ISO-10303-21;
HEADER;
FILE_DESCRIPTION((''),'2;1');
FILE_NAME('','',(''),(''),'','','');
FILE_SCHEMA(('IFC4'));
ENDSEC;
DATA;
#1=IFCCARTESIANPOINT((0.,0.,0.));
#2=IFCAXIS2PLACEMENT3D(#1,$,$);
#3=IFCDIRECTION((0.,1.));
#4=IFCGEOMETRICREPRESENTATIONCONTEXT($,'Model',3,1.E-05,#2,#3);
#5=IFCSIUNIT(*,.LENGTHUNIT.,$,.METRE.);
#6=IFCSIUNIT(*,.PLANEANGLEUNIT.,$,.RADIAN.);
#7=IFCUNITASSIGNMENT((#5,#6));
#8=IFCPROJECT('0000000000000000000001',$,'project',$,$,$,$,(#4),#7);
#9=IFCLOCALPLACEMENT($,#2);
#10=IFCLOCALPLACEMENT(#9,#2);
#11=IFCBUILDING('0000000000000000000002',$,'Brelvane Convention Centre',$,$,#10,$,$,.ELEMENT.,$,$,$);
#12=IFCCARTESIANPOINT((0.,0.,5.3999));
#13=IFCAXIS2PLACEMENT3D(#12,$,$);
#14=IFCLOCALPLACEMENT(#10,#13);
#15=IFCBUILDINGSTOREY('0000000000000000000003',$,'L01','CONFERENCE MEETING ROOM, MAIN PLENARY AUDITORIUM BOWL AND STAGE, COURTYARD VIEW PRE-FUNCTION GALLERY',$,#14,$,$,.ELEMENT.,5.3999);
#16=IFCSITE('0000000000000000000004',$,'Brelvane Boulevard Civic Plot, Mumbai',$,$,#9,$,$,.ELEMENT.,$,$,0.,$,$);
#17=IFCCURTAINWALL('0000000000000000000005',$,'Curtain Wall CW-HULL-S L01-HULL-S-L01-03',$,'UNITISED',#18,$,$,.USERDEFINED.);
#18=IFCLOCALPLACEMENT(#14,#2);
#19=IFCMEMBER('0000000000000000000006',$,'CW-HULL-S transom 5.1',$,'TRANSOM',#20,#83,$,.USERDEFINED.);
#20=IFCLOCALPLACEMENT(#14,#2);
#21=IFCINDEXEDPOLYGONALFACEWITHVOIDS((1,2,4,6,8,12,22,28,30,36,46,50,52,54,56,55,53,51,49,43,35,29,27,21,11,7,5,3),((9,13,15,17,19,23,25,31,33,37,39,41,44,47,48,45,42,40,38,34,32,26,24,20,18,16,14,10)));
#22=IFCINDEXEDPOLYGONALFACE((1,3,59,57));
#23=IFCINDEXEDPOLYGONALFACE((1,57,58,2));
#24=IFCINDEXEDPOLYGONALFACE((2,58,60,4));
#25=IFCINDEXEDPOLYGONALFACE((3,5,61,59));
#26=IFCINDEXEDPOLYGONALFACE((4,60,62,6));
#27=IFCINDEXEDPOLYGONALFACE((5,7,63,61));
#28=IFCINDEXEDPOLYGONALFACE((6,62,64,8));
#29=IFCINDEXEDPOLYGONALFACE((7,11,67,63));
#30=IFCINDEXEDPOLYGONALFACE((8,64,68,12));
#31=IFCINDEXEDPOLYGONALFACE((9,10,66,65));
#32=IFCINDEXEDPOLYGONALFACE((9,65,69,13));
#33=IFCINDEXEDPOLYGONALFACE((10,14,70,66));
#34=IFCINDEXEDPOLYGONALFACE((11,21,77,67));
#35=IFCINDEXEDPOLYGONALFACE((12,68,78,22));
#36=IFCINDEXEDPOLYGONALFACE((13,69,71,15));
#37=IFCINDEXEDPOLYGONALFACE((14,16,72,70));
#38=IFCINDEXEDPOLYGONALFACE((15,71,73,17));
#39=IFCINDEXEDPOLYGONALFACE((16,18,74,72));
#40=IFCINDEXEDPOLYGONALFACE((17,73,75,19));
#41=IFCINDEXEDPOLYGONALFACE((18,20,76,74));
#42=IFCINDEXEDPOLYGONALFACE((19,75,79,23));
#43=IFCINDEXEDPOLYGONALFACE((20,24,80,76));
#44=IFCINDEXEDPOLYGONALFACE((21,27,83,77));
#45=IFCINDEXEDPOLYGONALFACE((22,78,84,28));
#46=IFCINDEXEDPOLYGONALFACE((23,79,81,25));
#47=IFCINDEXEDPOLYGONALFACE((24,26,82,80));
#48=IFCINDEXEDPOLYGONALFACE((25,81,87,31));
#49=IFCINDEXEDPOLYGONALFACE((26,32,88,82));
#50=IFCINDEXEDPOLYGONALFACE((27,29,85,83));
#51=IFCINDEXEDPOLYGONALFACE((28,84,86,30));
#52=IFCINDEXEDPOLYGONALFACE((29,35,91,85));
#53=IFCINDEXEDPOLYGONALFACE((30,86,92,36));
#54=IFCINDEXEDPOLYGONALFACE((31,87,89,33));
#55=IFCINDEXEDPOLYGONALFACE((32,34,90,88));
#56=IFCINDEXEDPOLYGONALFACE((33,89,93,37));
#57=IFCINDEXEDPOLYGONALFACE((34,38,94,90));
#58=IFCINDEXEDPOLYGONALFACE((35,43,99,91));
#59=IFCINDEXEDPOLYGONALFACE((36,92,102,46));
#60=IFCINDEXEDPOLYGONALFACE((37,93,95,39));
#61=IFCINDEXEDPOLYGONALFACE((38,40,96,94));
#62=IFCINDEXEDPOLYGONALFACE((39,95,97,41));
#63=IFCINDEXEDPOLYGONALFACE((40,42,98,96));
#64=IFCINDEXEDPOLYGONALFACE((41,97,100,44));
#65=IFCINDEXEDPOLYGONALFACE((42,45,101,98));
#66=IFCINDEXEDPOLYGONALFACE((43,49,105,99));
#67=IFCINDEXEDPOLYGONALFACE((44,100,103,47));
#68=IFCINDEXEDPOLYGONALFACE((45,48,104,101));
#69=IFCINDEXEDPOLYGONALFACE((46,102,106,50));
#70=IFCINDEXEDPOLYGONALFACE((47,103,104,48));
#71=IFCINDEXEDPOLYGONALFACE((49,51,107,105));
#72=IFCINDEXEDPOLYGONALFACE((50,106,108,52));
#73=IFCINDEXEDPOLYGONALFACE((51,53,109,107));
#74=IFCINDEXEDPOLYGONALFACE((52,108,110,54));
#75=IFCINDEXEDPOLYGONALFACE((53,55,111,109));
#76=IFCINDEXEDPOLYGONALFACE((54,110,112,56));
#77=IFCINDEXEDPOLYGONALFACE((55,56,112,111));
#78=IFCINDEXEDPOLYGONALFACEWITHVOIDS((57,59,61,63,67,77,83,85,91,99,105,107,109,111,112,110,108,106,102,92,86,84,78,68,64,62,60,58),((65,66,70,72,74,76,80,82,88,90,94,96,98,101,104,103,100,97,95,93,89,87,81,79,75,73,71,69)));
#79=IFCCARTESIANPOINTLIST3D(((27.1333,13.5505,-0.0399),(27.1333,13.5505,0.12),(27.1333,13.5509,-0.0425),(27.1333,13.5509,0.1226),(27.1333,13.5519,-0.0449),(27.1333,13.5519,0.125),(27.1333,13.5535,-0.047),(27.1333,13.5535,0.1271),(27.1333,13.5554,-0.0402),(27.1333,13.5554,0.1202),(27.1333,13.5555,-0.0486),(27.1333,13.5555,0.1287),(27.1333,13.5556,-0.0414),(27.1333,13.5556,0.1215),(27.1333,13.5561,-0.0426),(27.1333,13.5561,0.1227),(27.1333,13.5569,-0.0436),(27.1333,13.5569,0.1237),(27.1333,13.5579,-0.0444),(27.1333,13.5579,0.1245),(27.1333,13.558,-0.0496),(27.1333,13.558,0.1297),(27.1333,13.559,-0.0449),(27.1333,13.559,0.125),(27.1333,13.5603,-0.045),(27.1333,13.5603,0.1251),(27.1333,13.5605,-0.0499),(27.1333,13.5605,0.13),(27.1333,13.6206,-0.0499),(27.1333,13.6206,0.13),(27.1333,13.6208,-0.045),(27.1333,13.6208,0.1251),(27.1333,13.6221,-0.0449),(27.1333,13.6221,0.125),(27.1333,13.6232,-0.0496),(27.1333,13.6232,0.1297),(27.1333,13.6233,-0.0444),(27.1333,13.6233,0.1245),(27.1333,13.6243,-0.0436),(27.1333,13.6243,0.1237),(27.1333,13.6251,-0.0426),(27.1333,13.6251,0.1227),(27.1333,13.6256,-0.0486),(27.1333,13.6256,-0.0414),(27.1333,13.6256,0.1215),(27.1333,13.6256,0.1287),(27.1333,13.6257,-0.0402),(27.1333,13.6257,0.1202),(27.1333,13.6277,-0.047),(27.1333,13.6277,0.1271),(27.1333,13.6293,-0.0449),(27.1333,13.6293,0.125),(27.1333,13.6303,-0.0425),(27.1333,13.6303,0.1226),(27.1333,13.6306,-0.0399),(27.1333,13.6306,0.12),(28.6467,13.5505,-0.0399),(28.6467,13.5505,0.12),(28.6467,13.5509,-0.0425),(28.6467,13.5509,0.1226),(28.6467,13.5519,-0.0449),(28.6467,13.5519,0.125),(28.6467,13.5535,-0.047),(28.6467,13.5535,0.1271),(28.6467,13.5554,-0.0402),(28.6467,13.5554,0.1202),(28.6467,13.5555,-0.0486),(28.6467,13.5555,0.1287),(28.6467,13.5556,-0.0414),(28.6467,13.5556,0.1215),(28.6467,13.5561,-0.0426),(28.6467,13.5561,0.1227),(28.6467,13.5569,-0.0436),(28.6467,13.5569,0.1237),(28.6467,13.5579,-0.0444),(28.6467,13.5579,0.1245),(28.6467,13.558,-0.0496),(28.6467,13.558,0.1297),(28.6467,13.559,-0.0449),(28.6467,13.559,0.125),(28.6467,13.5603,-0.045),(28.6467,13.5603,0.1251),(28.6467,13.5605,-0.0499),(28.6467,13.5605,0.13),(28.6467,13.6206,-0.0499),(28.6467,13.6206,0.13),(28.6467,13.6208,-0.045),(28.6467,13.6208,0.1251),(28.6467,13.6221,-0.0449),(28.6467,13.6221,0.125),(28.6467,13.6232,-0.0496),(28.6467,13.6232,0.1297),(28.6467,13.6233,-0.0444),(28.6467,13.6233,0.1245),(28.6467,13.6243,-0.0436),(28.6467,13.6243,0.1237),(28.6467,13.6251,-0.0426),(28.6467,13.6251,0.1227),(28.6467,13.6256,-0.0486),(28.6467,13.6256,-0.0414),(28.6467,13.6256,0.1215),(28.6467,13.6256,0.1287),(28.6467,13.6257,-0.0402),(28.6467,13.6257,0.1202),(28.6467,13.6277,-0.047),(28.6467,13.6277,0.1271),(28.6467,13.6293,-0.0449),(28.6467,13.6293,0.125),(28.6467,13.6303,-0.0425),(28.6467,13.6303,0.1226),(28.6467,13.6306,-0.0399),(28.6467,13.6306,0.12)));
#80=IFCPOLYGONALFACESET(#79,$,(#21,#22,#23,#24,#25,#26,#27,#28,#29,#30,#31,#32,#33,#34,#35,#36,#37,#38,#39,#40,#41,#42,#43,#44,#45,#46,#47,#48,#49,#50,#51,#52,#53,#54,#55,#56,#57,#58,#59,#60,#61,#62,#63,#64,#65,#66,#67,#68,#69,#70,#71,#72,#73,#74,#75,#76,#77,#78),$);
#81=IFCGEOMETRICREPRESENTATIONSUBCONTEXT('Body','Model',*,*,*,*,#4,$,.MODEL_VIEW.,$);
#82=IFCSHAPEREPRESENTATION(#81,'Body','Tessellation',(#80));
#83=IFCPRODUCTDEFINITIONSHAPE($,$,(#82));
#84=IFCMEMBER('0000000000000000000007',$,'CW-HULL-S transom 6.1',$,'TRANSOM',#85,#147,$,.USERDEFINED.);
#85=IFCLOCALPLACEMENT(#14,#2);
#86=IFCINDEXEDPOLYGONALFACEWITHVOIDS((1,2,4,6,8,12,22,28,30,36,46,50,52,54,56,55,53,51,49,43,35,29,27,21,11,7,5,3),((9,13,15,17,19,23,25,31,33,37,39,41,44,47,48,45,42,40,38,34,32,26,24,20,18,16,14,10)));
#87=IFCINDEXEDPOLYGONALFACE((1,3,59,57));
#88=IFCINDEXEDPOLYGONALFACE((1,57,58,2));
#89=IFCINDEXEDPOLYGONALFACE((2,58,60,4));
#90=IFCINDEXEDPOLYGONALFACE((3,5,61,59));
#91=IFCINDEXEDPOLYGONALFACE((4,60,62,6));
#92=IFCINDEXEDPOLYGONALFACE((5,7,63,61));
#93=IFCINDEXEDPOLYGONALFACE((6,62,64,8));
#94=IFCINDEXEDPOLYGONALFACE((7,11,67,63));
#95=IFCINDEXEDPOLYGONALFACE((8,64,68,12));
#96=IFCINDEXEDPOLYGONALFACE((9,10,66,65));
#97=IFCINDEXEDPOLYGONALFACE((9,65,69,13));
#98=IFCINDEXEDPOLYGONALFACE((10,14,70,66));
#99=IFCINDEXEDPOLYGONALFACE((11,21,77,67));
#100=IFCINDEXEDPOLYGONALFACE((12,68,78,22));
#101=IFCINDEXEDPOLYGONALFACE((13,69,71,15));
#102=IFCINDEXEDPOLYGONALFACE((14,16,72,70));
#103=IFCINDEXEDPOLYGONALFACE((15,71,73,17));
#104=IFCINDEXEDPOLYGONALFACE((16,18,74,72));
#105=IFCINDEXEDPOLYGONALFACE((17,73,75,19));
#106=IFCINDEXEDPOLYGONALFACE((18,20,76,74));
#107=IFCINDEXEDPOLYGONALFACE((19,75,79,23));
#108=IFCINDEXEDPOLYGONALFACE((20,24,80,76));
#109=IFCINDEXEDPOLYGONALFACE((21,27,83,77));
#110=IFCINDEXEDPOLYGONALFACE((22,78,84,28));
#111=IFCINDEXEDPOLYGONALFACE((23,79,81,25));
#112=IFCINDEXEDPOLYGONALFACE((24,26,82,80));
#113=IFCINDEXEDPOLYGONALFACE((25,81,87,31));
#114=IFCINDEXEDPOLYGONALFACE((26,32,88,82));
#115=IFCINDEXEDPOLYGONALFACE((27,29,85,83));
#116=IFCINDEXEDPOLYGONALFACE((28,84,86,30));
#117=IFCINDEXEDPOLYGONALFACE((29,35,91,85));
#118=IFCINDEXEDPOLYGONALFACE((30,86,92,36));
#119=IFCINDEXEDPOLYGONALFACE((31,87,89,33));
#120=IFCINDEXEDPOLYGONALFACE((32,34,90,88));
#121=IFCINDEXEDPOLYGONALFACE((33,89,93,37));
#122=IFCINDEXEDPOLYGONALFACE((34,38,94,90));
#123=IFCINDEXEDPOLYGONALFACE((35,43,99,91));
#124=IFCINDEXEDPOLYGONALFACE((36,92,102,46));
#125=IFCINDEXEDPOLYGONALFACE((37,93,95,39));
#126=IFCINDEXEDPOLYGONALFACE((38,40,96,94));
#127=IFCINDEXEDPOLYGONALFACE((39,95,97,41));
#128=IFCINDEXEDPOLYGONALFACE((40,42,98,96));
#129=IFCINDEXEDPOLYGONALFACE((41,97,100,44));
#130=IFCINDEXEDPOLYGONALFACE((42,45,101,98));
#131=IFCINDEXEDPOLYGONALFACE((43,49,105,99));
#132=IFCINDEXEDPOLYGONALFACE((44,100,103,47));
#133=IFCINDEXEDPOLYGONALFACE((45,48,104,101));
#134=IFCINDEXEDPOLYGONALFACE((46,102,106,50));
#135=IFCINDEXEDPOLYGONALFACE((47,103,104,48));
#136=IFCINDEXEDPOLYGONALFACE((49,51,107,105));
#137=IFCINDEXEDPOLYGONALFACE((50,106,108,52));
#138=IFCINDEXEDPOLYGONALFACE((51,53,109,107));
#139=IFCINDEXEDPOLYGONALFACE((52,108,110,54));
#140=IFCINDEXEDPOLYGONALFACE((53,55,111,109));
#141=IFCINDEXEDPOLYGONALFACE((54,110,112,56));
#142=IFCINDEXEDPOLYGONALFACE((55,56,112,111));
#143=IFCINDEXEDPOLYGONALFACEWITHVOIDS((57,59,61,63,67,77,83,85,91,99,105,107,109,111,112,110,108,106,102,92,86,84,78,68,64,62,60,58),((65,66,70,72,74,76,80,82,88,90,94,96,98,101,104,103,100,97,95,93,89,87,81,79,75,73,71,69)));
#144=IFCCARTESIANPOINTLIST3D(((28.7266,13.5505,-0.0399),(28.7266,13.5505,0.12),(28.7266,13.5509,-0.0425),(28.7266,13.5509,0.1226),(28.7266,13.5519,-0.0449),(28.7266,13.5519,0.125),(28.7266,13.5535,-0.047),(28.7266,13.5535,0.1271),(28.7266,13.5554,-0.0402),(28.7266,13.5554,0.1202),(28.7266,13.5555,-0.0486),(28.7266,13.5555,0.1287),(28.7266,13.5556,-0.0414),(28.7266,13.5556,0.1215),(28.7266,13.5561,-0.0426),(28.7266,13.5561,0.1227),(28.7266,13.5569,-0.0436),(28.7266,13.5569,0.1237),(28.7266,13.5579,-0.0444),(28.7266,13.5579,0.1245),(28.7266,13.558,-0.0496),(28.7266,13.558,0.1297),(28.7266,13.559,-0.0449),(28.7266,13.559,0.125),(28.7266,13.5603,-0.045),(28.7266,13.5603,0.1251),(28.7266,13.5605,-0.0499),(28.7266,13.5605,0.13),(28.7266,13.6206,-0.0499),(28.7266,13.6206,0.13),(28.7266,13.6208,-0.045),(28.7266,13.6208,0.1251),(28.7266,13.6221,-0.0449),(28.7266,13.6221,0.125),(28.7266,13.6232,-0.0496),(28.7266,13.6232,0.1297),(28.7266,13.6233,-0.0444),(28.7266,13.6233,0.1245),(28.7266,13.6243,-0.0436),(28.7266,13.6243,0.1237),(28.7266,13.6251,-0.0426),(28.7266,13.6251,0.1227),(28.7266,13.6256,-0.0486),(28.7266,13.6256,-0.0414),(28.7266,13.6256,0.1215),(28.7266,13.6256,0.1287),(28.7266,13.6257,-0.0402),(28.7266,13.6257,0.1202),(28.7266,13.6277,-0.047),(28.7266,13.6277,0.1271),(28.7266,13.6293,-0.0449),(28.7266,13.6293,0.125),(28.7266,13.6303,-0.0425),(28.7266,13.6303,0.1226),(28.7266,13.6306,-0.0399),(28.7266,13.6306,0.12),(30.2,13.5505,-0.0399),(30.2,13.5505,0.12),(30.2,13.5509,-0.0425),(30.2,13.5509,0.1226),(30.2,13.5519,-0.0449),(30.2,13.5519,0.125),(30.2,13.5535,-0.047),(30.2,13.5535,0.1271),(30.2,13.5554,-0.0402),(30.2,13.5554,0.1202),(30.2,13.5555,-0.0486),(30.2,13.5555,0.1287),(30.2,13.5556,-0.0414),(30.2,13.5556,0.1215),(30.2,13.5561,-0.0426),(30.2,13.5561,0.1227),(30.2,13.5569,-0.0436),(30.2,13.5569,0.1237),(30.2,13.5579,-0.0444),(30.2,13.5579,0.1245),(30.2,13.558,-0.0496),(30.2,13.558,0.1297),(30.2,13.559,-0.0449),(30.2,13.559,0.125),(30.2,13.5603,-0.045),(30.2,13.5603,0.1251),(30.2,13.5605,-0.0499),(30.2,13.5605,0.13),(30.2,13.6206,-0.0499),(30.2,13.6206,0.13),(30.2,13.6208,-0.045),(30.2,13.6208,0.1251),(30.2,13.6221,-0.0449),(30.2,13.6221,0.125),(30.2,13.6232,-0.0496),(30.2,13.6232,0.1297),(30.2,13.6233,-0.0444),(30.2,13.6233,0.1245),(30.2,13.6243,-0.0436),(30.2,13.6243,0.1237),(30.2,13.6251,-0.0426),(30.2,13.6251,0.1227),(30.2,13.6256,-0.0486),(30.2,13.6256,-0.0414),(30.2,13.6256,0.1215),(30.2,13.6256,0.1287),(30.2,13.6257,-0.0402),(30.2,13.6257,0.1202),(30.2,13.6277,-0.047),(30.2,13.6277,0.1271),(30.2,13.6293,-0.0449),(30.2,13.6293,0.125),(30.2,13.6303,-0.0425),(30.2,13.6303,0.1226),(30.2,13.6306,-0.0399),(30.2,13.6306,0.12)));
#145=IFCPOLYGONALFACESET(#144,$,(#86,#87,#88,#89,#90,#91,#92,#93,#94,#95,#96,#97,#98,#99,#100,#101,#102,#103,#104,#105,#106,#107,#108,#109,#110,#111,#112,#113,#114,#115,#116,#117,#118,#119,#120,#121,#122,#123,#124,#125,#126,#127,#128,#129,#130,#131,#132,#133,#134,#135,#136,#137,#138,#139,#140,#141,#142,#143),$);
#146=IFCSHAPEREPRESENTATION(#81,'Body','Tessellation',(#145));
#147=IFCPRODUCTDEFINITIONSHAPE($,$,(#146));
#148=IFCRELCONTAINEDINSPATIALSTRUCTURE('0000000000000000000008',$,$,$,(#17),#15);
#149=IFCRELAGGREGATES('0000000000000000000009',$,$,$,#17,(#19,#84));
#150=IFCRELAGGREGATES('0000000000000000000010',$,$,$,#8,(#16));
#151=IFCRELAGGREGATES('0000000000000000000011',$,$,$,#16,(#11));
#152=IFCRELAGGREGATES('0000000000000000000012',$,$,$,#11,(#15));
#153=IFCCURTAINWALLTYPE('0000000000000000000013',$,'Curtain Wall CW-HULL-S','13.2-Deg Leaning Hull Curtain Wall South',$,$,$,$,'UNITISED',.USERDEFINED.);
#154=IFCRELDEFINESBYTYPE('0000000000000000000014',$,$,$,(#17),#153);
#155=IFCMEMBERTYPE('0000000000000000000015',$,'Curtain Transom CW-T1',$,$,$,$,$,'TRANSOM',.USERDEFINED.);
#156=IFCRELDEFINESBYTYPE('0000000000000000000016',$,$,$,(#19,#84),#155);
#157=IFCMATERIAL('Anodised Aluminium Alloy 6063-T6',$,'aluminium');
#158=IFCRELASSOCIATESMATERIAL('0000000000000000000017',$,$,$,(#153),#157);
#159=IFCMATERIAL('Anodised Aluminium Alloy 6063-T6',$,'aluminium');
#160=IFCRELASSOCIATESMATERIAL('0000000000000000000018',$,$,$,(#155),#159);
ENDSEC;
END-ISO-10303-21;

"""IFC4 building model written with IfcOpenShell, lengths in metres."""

from ifc_helpers import new_model, si_unit, direction, frame, origin, origin_2d, place, context, subcontext, project, spatial, hollow_rectangle, extrude, material, material_profile, profile_set, type_object, element, aggregate, save


model = new_model("IFC4")

# Units and contexts
model_context = context("Model", 3, precision=1e-05, world=origin(), true_north=direction((0.0, 1.0)))
body_context = subcontext(model_context, "Body", "Model", "MODEL_VIEW")
ifc_project = project(units=[si_unit("LENGTHUNIT", "METRE"), si_unit("PLANEANGLEUNIT", "RADIAN")], contexts=[model_context])

# Site, building, storey
site_placement = place(None, origin())
site = spatial("IfcSite", under=ifc_project, at=site_placement, Name="Brelvane Boulevard Civic Plot, Mumbai", CompositionType="ELEMENT", RefElevation=0.0)
building_placement = place(site_placement, origin())
building = spatial("IfcBuilding", under=site, at=building_placement, Name="Brelvane Convention Centre", CompositionType="ELEMENT")
storey_placement = place(building_placement, frame((0.0, 0.0, 5.3999)))
storey = spatial("IfcBuildingStorey", under=building, at=storey_placement, Name="L01", Description="CONFERENCE MEETING ROOM, MAIN PLENARY AUDITORIUM BOWL AND STAGE, COURTYARD VIEW PRE-FUNCTION GALLERY", CompositionType="ELEMENT", Elevation=5.3999)

# Curtain wall
ifc_material_1 = material(Name="Anodised Aluminium Alloy 6063-T6", Category="aluminium")
curtain_wall_type = type_object("IfcCurtainWallType", Name="Curtain Wall CW-HULL-S", Description="13.2-Deg Leaning Hull Curtain Wall South", ElementType="UNITISED", PredefinedType="USERDEFINED", material=ifc_material_1)
curtain_wall_1_placement = place(storey_placement, origin())
curtain_wall_1 = element("IfcCurtainWall", 1, at=curtain_wall_1_placement, inside=storey, type_object=curtain_wall_type, Name="Curtain Wall CW-HULL-S L01-HULL-S-L01-03", ObjectType="UNITISED", PredefinedType="USERDEFINED")

# Members
ifc_material_2 = material(Name="Anodised Aluminium Alloy 6063-T6", Category="aluminium")
ifc_material_profile_1 = material_profile(ifc_material_2, hollow_rectangle(XDim=0.0801, YDim=0.1799, WallThickness=0.0049, InnerFilletRadius=0.0049, OuterFilletRadius=0.01, at=origin_2d()), Name="ALU-T 180x80x5.0")
ifc_profile_set_1 = profile_set([ifc_material_profile_1], Name="Anodised Aluminium Alloy 6063-T6")
member_type_1 = type_object("IfcMemberType", Name="Curtain Transom CW-T1", ElementType="TRANSOM", PredefinedType="USERDEFINED", material=ifc_profile_set_1)
member_1_placement = place(storey_placement, frame((27.1333, 13.5906, 0.04), z_axis=(1.0, 0.0, 0.0), x_axis=(0.0, 1.0, 0.0)))
member_1 = element("IfcMember", 2, at=member_1_placement, type_object=member_type_1, Name="CW-HULL-S transom 5.1", ObjectType="TRANSOM", PredefinedType="USERDEFINED", context=body_context, shape_type="SweptSolid", body=[
    extrude(hollow_rectangle(XDim=0.0801, YDim=0.1799, WallThickness=0.0049, InnerFilletRadius=0.0049, OuterFilletRadius=0.01, at=origin_2d()), origin(), (0.0, 0.0, 1.0), 1.5134),
])
member_2_placement = place(storey_placement, frame((28.7266, 13.5906, 0.04), z_axis=(1.0, 0.0, 0.0), x_axis=(0.0, 1.0, 0.0)))
member_2 = element("IfcMember", 3, at=member_2_placement, type_object=member_type_1, Name="CW-HULL-S transom 6.1", ObjectType="TRANSOM", PredefinedType="USERDEFINED", context=body_context, shape_type="SweptSolid", body=[
    extrude(hollow_rectangle(XDim=0.0801, YDim=0.1799, WallThickness=0.0049, InnerFilletRadius=0.0049, OuterFilletRadius=0.01, at=origin_2d()), origin(), (0.0, 0.0, 1.0), 1.4734),
])
aggregate(curtain_wall_1, [member_1, member_2])

save(model, "model.ifc")
